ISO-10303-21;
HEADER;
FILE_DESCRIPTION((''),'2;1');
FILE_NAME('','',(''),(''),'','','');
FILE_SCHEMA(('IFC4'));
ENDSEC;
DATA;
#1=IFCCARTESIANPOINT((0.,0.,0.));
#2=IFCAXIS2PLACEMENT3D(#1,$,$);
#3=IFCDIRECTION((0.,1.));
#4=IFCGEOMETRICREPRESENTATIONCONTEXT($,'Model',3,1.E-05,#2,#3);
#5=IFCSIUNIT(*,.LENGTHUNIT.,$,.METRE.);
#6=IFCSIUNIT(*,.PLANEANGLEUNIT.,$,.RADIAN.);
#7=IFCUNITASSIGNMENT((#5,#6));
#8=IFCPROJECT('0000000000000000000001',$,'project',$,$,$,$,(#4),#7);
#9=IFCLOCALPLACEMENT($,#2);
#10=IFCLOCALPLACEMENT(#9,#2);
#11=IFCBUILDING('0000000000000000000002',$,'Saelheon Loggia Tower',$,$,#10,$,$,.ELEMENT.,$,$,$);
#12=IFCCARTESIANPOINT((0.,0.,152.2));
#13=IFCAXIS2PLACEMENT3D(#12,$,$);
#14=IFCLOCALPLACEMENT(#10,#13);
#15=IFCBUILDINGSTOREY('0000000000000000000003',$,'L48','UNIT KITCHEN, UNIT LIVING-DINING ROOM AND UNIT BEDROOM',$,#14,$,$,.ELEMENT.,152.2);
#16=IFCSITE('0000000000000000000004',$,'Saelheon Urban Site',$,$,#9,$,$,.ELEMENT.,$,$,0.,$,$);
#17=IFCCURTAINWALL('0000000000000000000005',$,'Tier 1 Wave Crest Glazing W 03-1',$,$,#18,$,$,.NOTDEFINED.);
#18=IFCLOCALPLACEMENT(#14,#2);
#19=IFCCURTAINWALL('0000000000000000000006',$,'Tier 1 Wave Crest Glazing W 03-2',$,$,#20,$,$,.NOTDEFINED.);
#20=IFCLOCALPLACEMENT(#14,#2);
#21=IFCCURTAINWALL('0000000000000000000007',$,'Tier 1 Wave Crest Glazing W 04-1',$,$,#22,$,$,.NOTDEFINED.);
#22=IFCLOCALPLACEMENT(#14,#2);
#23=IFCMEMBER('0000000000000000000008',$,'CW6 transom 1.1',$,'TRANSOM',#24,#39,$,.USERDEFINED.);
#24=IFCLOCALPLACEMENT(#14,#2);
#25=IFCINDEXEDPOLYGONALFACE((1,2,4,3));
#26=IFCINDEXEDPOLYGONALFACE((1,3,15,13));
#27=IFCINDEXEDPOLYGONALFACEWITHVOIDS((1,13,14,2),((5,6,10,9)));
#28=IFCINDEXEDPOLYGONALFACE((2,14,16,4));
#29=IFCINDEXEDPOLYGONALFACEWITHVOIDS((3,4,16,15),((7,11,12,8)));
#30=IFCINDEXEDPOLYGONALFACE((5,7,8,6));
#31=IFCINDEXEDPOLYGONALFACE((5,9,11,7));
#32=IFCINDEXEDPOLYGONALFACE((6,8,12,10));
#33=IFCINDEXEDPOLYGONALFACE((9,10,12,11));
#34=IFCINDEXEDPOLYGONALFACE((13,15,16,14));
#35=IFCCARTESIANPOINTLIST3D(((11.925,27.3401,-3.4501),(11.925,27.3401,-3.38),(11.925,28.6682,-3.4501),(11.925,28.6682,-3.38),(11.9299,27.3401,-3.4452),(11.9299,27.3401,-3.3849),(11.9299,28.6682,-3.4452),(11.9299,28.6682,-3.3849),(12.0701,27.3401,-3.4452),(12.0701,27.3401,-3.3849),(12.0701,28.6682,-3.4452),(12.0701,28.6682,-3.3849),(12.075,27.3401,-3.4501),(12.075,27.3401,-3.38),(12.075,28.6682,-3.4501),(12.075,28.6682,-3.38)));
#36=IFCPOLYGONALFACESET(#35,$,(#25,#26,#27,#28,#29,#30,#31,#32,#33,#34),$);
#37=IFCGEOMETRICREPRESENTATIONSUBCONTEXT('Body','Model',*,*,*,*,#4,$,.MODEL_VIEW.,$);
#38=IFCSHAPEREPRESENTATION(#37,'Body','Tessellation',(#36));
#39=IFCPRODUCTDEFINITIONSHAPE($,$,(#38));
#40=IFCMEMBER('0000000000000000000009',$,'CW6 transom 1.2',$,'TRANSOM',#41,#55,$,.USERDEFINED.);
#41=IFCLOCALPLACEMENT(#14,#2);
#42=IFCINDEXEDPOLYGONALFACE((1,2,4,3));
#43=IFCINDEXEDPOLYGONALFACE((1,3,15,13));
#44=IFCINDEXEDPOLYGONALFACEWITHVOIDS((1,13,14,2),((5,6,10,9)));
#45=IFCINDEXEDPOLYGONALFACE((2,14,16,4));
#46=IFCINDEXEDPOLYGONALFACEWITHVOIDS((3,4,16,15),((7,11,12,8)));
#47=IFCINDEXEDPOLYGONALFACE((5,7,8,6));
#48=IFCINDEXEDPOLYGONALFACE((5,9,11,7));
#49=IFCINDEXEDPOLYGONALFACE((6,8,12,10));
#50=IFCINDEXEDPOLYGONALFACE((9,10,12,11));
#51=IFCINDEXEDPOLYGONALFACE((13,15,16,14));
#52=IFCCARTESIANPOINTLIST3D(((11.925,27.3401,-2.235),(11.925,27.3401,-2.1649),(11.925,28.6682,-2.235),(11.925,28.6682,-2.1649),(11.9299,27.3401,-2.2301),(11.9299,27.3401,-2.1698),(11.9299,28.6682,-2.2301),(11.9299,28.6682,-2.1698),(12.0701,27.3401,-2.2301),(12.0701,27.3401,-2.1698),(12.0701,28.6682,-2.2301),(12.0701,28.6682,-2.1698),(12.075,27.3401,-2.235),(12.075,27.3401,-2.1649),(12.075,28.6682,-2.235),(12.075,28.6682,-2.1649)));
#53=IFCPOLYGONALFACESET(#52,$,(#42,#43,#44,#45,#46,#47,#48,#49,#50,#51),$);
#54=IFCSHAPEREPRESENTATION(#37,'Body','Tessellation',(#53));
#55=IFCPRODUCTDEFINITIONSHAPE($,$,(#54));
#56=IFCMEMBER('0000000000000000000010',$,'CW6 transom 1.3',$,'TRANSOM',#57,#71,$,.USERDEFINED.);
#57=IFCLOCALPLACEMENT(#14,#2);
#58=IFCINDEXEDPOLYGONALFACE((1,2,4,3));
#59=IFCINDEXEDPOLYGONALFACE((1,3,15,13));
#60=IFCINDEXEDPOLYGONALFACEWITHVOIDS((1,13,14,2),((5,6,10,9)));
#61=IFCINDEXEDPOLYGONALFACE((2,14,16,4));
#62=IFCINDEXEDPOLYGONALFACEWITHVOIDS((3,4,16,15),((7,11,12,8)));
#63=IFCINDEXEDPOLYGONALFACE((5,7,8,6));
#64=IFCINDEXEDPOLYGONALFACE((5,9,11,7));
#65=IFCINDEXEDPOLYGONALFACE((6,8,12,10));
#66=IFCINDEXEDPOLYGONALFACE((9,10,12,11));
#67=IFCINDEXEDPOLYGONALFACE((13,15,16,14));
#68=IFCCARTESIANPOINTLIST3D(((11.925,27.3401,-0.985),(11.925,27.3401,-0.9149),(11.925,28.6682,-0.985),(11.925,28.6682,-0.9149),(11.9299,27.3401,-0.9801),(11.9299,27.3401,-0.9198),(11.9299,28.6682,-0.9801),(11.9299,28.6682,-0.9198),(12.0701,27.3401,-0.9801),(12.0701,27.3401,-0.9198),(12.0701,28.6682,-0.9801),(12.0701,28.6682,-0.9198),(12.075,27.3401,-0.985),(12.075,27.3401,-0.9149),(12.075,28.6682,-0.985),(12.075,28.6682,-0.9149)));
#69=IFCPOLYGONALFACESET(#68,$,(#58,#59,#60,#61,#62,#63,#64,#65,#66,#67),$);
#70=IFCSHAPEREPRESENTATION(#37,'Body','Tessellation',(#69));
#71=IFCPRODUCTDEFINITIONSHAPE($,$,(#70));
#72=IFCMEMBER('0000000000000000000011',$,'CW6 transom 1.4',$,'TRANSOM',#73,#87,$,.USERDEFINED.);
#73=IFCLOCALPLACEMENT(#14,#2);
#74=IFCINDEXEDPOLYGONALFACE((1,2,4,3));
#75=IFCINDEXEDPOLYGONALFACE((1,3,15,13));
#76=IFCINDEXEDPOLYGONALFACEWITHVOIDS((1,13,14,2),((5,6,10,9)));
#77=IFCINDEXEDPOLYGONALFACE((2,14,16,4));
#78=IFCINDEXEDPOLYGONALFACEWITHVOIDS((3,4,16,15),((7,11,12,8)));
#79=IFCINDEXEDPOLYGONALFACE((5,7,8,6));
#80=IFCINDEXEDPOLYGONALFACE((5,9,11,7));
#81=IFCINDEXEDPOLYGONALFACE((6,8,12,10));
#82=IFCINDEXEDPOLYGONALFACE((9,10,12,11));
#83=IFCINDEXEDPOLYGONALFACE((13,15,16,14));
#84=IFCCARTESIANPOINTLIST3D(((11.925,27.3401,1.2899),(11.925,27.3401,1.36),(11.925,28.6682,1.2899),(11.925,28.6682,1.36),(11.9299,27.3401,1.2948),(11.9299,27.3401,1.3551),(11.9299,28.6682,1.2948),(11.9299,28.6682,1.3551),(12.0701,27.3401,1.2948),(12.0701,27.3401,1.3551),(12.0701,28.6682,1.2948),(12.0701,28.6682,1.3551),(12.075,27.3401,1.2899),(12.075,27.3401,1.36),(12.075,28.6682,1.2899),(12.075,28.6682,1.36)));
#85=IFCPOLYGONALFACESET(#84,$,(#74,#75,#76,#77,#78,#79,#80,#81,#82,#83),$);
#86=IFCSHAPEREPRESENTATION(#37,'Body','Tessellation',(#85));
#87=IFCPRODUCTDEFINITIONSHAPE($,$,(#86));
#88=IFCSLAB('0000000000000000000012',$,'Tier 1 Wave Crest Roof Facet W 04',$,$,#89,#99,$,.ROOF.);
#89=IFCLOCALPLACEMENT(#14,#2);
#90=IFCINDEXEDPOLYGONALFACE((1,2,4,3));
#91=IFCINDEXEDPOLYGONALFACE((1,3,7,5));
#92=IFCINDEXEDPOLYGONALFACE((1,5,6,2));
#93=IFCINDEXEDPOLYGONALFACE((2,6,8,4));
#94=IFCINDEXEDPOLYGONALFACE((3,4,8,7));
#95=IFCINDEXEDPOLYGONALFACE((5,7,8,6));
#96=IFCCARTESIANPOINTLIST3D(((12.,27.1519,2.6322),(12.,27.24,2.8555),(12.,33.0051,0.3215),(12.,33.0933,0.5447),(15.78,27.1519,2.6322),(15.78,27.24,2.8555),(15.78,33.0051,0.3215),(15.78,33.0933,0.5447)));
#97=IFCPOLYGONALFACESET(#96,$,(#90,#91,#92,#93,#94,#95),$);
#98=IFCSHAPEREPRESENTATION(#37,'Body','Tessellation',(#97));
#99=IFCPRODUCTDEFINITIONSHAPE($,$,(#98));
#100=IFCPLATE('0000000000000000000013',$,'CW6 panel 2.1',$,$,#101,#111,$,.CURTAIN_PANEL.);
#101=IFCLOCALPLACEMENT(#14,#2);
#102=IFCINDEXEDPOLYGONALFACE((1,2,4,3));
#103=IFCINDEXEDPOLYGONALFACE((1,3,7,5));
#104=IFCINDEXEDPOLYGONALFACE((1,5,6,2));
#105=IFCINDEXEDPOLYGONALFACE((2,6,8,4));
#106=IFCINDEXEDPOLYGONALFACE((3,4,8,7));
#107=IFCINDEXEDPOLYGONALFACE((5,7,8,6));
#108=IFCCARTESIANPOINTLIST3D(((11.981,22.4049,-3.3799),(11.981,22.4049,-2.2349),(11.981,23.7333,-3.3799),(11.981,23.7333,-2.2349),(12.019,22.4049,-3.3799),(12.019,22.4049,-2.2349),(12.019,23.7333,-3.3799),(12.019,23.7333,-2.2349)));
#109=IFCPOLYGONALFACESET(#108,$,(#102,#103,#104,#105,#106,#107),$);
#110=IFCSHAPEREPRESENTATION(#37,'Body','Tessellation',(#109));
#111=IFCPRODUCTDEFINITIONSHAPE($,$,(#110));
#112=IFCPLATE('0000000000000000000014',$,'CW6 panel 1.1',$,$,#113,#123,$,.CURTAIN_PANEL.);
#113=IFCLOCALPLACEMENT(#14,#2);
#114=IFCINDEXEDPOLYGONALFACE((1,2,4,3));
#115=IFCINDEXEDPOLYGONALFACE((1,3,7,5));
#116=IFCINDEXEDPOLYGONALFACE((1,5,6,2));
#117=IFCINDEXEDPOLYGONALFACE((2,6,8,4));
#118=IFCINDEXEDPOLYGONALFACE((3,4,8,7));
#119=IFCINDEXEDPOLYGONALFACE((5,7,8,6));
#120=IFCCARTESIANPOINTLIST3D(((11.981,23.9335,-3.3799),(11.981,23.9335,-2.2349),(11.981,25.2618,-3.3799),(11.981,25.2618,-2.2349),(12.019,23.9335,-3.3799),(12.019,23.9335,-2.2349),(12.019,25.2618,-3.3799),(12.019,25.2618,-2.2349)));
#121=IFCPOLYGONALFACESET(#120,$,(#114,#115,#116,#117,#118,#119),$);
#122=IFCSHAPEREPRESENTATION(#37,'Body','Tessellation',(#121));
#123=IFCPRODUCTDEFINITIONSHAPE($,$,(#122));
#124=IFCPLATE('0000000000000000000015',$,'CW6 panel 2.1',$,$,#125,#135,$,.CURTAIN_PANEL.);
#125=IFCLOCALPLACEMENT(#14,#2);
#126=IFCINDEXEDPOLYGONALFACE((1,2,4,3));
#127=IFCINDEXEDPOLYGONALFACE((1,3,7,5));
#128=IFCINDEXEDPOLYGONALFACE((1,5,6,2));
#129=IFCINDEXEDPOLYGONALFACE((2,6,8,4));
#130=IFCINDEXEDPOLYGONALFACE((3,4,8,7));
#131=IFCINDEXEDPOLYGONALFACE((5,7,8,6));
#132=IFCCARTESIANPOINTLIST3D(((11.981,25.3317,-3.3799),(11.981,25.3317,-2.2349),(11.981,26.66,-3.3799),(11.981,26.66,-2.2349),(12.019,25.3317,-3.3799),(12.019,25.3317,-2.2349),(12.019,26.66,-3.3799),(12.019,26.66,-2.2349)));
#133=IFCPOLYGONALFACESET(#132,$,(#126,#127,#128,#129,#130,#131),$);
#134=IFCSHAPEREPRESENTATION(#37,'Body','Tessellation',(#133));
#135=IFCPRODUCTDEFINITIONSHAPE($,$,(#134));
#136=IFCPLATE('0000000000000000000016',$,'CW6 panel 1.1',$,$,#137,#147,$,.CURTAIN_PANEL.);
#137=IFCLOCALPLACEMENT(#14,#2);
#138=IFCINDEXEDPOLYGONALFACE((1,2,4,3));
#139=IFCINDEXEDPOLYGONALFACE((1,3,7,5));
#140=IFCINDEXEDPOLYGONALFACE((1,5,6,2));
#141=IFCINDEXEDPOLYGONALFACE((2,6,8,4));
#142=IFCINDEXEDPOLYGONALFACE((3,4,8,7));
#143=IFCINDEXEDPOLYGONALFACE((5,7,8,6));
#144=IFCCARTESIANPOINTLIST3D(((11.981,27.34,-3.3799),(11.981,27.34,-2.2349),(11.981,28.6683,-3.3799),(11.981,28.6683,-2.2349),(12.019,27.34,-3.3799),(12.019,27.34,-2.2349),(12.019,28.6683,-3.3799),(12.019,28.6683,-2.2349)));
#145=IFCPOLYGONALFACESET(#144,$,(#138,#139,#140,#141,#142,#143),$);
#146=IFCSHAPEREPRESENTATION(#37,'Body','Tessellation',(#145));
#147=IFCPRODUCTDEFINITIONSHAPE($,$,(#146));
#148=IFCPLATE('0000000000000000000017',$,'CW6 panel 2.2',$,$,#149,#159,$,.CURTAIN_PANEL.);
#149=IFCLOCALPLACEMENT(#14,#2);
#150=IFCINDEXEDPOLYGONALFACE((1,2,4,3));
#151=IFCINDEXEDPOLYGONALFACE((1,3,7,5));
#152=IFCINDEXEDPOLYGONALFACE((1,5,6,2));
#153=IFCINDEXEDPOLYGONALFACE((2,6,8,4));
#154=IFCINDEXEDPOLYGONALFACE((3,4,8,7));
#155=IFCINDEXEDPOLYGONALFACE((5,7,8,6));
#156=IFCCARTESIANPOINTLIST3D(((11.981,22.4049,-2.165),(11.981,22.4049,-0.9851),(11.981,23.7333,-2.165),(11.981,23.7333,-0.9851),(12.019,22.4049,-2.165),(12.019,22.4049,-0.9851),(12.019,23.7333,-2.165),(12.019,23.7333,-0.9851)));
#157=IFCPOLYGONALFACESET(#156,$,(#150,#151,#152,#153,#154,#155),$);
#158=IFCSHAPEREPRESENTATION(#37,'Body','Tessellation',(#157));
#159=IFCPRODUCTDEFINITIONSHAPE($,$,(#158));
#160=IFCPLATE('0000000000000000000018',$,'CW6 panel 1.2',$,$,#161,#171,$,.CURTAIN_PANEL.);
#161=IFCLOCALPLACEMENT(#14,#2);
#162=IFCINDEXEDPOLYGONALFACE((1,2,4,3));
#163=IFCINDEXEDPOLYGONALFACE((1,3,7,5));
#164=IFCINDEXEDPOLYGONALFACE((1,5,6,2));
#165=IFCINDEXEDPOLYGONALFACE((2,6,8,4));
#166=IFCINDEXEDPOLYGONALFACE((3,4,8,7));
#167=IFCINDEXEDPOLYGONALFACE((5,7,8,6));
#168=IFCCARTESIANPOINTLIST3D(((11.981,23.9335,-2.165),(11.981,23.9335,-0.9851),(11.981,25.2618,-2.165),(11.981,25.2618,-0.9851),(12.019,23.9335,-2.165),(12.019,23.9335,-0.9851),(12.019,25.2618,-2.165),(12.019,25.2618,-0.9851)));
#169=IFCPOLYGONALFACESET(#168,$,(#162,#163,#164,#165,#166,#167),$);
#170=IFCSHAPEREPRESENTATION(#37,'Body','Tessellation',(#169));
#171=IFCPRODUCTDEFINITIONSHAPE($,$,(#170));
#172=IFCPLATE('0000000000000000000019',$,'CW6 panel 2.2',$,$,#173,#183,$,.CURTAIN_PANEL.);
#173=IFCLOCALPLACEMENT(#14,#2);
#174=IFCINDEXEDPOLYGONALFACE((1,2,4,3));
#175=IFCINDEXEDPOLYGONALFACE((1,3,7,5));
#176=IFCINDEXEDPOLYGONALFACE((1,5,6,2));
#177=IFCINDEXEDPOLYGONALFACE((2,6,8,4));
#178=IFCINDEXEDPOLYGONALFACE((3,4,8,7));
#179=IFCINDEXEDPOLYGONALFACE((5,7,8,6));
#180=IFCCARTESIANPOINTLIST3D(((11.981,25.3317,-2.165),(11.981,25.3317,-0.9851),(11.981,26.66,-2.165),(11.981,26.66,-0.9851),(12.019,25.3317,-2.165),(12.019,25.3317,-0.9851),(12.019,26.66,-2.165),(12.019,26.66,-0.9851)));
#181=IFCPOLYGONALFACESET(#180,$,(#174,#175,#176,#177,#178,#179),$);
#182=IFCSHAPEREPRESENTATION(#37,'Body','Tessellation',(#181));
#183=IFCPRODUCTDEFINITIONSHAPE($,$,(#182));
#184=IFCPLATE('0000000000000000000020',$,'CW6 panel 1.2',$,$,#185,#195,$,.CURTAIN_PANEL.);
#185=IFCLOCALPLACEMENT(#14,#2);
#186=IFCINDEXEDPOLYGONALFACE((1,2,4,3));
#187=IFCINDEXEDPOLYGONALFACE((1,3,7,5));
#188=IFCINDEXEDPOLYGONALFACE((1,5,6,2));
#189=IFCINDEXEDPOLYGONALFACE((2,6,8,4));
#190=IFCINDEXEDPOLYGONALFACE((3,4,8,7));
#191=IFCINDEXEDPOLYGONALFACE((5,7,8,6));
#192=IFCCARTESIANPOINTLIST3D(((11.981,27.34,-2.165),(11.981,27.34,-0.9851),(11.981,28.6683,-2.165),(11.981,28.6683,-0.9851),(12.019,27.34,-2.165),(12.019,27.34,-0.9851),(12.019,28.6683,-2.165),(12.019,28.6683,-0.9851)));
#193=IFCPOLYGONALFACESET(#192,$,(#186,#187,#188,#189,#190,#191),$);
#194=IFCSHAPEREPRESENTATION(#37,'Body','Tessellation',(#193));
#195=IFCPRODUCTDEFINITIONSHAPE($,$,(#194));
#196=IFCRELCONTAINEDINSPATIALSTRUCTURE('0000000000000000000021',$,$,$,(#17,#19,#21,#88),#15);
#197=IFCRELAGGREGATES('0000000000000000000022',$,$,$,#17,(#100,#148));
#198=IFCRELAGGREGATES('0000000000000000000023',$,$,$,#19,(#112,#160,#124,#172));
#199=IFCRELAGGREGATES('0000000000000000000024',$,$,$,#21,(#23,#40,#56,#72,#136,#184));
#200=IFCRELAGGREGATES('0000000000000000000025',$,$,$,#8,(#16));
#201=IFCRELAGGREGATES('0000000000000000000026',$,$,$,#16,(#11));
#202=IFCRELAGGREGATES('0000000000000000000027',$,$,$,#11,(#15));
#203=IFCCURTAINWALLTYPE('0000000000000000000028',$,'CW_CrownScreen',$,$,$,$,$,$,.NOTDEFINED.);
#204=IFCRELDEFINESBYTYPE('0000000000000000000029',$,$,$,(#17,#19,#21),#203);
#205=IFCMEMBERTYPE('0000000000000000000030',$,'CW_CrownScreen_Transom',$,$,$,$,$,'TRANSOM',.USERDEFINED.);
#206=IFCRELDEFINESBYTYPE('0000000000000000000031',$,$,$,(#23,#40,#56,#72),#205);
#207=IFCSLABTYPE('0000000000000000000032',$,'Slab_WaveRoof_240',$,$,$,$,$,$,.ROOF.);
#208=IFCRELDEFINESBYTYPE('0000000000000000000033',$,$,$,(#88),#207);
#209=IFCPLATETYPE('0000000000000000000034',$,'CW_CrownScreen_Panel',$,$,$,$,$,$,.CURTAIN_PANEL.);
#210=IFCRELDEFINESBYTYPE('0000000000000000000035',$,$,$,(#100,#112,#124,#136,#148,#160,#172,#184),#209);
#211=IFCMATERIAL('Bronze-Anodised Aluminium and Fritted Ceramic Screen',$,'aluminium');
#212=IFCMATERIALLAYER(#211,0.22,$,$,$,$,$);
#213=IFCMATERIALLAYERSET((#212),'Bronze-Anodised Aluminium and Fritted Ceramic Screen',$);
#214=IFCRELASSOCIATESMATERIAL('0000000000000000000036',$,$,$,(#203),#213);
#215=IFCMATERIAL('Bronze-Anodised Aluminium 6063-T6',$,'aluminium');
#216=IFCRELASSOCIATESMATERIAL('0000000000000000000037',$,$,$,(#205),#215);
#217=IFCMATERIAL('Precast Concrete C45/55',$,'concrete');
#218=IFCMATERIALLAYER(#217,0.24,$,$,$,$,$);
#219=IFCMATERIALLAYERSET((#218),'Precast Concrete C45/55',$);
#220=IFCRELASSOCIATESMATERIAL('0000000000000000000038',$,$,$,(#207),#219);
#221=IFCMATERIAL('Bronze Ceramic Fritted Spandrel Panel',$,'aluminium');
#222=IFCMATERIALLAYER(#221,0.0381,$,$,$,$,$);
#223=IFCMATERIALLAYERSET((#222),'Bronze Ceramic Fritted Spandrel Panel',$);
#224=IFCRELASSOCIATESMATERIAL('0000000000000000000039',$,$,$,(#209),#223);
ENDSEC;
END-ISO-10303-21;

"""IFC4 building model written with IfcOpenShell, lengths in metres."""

from ifc_helpers import new_model, si_unit, direction, frame, origin, origin_2d, place, context, subcontext, project, spatial, polyline, rectangle, hollow_rectangle, outline, extrude, source, transform, mapped, material, layer, layer_set, material_profile, profile_set, type_object, element, aggregate, save


model = new_model("IFC4")

# Units and contexts
model_context = context("Model", 3, precision=1e-05, world=origin(), true_north=direction((0.0, 1.0)))
body_context = subcontext(model_context, "Body", "Model", "MODEL_VIEW")
ifc_project = project(units=[si_unit("LENGTHUNIT", "METRE"), si_unit("PLANEANGLEUNIT", "RADIAN")], contexts=[model_context])

# Site, building, storey
site_placement = place(None, origin())
site = spatial("IfcSite", under=ifc_project, at=site_placement, Name="Saelheon Urban Site", CompositionType="ELEMENT", RefElevation=0.0)
building_placement = place(site_placement, origin())
building = spatial("IfcBuilding", under=site, at=building_placement, Name="Saelheon Loggia Tower", CompositionType="ELEMENT")
storey_placement = place(building_placement, frame((0.0, 0.0, 152.2)))
storey = spatial("IfcBuildingStorey", under=building, at=storey_placement, Name="L48", Description="UNIT KITCHEN, UNIT LIVING-DINING ROOM AND UNIT BEDROOM", CompositionType="ELEMENT", Elevation=152.2)

# Curtain walls
ifc_material_1 = material(Name="Bronze-Anodised Aluminium and Fritted Ceramic Screen", Category="aluminium")
ifc_layer_1 = layer(ifc_material_1, 0.22)
ifc_layer_set_1 = layer_set([ifc_layer_1], Name="Bronze-Anodised Aluminium and Fritted Ceramic Screen")
curtain_wall_type = type_object("IfcCurtainWallType", Name="CW_CrownScreen", PredefinedType="NOTDEFINED", material=ifc_layer_set_1)
curtain_wall_1_placement = place(storey_placement, origin())
curtain_wall_1 = element("IfcCurtainWall", 1, at=curtain_wall_1_placement, inside=storey, type_object=curtain_wall_type, Name="Tier 1 Wave Crest Glazing W 03-1", PredefinedType="NOTDEFINED")
ifc_material_2 = material(Name="Bronze-Anodised Aluminium 6063-T6", Category="aluminium")
ifc_material_profile_1 = material_profile(ifc_material_2, hollow_rectangle(XDim=0.0701, YDim=0.1499, WallThickness=0.0049, at=origin_2d()), Name="RHS-150x70x5")
ifc_profile_set_1 = profile_set([ifc_material_profile_1], Name="Bronze-Anodised Aluminium 6063-T6")
member_type_1 = type_object("IfcMemberType", Name="CW_CrownScreen_Transom", ElementType="TRANSOM", PredefinedType="USERDEFINED", material=ifc_profile_set_1)
curtain_wall_2_placement = place(storey_placement, origin())
curtain_wall_2 = element("IfcCurtainWall", 2, at=curtain_wall_2_placement, inside=storey, type_object=curtain_wall_type, Name="Tier 1 Wave Crest Glazing W 03-2", PredefinedType="NOTDEFINED")

# Curtain wall
curtain_wall_3_placement = place(storey_placement, origin())
curtain_wall_3 = element("IfcCurtainWall", 3, at=curtain_wall_3_placement, inside=storey, type_object=curtain_wall_type, Name="Tier 1 Wave Crest Glazing W 04-1", PredefinedType="NOTDEFINED")

# Members
shared_shape_1 = source(origin(), body_context, "Body", "SweptSolid", [
    extrude(hollow_rectangle(XDim=0.0701, YDim=0.1499, WallThickness=0.0049, at=origin_2d()), origin(), (0.0, 0.0, 1.0), 1.3281),
])
member_1_placement = place(storey_placement, frame((12.0, 27.3401, -3.415), z_axis=(0.0, 1.0, 0.0), x_axis=(0.0, 0.0, 1.0)))
member_1 = element("IfcMember", 4, at=member_1_placement, type_object=member_type_1, Name="CW6 transom 1.1", ObjectType="TRANSOM", PredefinedType="USERDEFINED", context=body_context, shape_type="MappedRepresentation", body=[
    mapped(shared_shape_1, transform((0.0, 0.0, 0.0), scale=1.0)),
])
member_2_placement = place(storey_placement, frame((12.0, 27.3401, -2.2), z_axis=(0.0, 1.0, 0.0), x_axis=(0.0, 0.0, 1.0)))
member_2 = element("IfcMember", 5, at=member_2_placement, type_object=member_type_1, Name="CW6 transom 1.2", ObjectType="TRANSOM", PredefinedType="USERDEFINED", context=body_context, shape_type="MappedRepresentation", body=[
    mapped(shared_shape_1, transform((0.0, 0.0, 0.0), scale=1.0)),
])
member_3_placement = place(storey_placement, frame((12.0, 27.3401, -0.95), z_axis=(0.0, 1.0, 0.0), x_axis=(0.0, 0.0, 1.0)))
member_3 = element("IfcMember", 6, at=member_3_placement, type_object=member_type_1, Name="CW6 transom 1.3", ObjectType="TRANSOM", PredefinedType="USERDEFINED", context=body_context, shape_type="MappedRepresentation", body=[
    mapped(shared_shape_1, transform((0.0, 0.0, 0.0), scale=1.0)),
])
member_4_placement = place(storey_placement, frame((12.0, 27.3401, 1.325), z_axis=(0.0, 1.0, 0.0), x_axis=(0.0, 0.0, 1.0)))
member_4 = element("IfcMember", 7, at=member_4_placement, type_object=member_type_1, Name="CW6 transom 1.4", ObjectType="TRANSOM", PredefinedType="USERDEFINED", context=body_context, shape_type="MappedRepresentation", body=[
    mapped(shared_shape_1, transform((0.0, 0.0, 0.0), scale=1.0)),
])

# Slab
ifc_material_3 = material(Name="Precast Concrete C45/55", Category="concrete")
ifc_layer_2 = layer(ifc_material_3, 0.24)
ifc_layer_set_2 = layer_set([ifc_layer_2], Name="Precast Concrete C45/55")
slab_type = type_object("IfcSlabType", Name="Slab_WaveRoof_240", PredefinedType="ROOF", material=ifc_layer_set_2)
slab_placement = place(storey_placement, frame((12.0, 27.24, 2.8555), z_axis=(0.0, 0.367206, 0.93014), x_axis=(1.0, 0.0, 0.0)))
element("IfcSlab", 8, at=slab_placement, inside=storey, type_object=slab_type, Name="Tier 1 Wave Crest Roof Facet W 04", PredefinedType="ROOF", context=body_context, shape_type="SweptSolid", body=[
    extrude(outline(polyline([(0.0, 0.0), (3.78, 0.0), (3.78, 6.2929), (0.0, 6.2929), (0.0, 0.0)])), origin(), (0.0, 0.0, -1.0), 0.24),
])

# Plates
ifc_material_4 = material(Name="Bronze Ceramic Fritted Spandrel Panel", Category="aluminium")
ifc_layer_3 = layer(ifc_material_4, 0.0381)
ifc_layer_set_3 = layer_set([ifc_layer_3], Name="Bronze Ceramic Fritted Spandrel Panel")
plate_type = type_object("IfcPlateType", Name="CW_CrownScreen_Panel", PredefinedType="CURTAIN_PANEL", material=ifc_layer_set_3)
shared_shape_2 = source(origin(), body_context, "Body", "SweptSolid", [
    extrude(rectangle(XDim=1.3284, YDim=0.0381, at=origin_2d()), origin(), (0.0, 0.0, 1.0), 1.145),
])
plate_1_placement = place(storey_placement, frame((12.0, 23.0691, -3.3799), z_axis=(0.0, 0.0, 1.0), x_axis=(0.0, 1.0, 0.0)))
plate_1 = element("IfcPlate", 9, at=plate_1_placement, type_object=plate_type, Name="CW6 panel 2.1", PredefinedType="CURTAIN_PANEL", context=body_context, shape_type="MappedRepresentation", body=[
    mapped(shared_shape_2, transform((0.0, 0.0, 0.0), scale=1.0)),
])
plate_2_placement = place(storey_placement, frame((12.0, 24.5977, -3.3799), z_axis=(0.0, 0.0, 1.0), x_axis=(0.0, 1.0, 0.0)))
plate_2 = element("IfcPlate", 10, at=plate_2_placement, type_object=plate_type, Name="CW6 panel 1.1", PredefinedType="CURTAIN_PANEL", context=body_context, shape_type="MappedRepresentation", body=[
    mapped(shared_shape_2, transform((0.0, 0.0, 0.0), scale=1.0)),
])
plate_3_placement = place(storey_placement, frame((12.0, 25.9958, -3.3799), z_axis=(0.0, 0.0, 1.0), x_axis=(0.0, 1.0, 0.0)))
plate_3 = element("IfcPlate", 11, at=plate_3_placement, type_object=plate_type, Name="CW6 panel 2.1", PredefinedType="CURTAIN_PANEL", context=body_context, shape_type="MappedRepresentation", body=[
    mapped(shared_shape_2, transform((0.0, 0.0, 0.0), scale=1.0)),
])
plate_4_placement = place(storey_placement, frame((12.0, 28.0042, -3.3799), z_axis=(0.0, 0.0, 1.0), x_axis=(0.0, 1.0, 0.0)))
plate_4 = element("IfcPlate", 12, at=plate_4_placement, type_object=plate_type, Name="CW6 panel 1.1", PredefinedType="CURTAIN_PANEL", context=body_context, shape_type="MappedRepresentation", body=[
    mapped(shared_shape_2, transform((0.0, 0.0, 0.0), scale=1.0)),
])
shared_shape_3 = source(origin(), body_context, "Body", "SweptSolid", [
    extrude(rectangle(XDim=1.3284, YDim=0.0381, at=origin_2d()), origin(), (0.0, 0.0, 1.0), 1.1799),
])
plate_5_placement = place(storey_placement, frame((12.0, 23.0691, -2.165), z_axis=(0.0, 0.0, 1.0), x_axis=(0.0, 1.0, 0.0)))
plate_5 = element("IfcPlate", 13, at=plate_5_placement, type_object=plate_type, Name="CW6 panel 2.2", PredefinedType="CURTAIN_PANEL", context=body_context, shape_type="MappedRepresentation", body=[
    mapped(shared_shape_3, transform((0.0, 0.0, 0.0), scale=1.0)),
])
plate_6_placement = place(storey_placement, frame((12.0, 24.5977, -2.165), z_axis=(0.0, 0.0, 1.0), x_axis=(0.0, 1.0, 0.0)))
plate_6 = element("IfcPlate", 14, at=plate_6_placement, type_object=plate_type, Name="CW6 panel 1.2", PredefinedType="CURTAIN_PANEL", context=body_context, shape_type="MappedRepresentation", body=[
    mapped(shared_shape_3, transform((0.0, 0.0, 0.0), scale=1.0)),
])
plate_7_placement = place(storey_placement, frame((12.0, 25.9958, -2.165), z_axis=(0.0, 0.0, 1.0), x_axis=(0.0, 1.0, 0.0)))
plate_7 = element("IfcPlate", 15, at=plate_7_placement, type_object=plate_type, Name="CW6 panel 2.2", PredefinedType="CURTAIN_PANEL", context=body_context, shape_type="MappedRepresentation", body=[
    mapped(shared_shape_3, transform((0.0, 0.0, 0.0), scale=1.0)),
])
plate_8_placement = place(storey_placement, frame((12.0, 28.0042, -2.165), z_axis=(0.0, 0.0, 1.0), x_axis=(0.0, 1.0, 0.0)))
plate_8 = element("IfcPlate", 16, at=plate_8_placement, type_object=plate_type, Name="CW6 panel 1.2", PredefinedType="CURTAIN_PANEL", context=body_context, shape_type="MappedRepresentation", body=[
    mapped(shared_shape_3, transform((0.0, 0.0, 0.0), scale=1.0)),
])
aggregate(curtain_wall_1, [plate_1, plate_5])
aggregate(curtain_wall_2, [plate_2, plate_6, plate_3, plate_7])
aggregate(curtain_wall_3, [member_1, member_2, member_3, member_4, plate_4, plate_8])

save(model, "model.ifc")
